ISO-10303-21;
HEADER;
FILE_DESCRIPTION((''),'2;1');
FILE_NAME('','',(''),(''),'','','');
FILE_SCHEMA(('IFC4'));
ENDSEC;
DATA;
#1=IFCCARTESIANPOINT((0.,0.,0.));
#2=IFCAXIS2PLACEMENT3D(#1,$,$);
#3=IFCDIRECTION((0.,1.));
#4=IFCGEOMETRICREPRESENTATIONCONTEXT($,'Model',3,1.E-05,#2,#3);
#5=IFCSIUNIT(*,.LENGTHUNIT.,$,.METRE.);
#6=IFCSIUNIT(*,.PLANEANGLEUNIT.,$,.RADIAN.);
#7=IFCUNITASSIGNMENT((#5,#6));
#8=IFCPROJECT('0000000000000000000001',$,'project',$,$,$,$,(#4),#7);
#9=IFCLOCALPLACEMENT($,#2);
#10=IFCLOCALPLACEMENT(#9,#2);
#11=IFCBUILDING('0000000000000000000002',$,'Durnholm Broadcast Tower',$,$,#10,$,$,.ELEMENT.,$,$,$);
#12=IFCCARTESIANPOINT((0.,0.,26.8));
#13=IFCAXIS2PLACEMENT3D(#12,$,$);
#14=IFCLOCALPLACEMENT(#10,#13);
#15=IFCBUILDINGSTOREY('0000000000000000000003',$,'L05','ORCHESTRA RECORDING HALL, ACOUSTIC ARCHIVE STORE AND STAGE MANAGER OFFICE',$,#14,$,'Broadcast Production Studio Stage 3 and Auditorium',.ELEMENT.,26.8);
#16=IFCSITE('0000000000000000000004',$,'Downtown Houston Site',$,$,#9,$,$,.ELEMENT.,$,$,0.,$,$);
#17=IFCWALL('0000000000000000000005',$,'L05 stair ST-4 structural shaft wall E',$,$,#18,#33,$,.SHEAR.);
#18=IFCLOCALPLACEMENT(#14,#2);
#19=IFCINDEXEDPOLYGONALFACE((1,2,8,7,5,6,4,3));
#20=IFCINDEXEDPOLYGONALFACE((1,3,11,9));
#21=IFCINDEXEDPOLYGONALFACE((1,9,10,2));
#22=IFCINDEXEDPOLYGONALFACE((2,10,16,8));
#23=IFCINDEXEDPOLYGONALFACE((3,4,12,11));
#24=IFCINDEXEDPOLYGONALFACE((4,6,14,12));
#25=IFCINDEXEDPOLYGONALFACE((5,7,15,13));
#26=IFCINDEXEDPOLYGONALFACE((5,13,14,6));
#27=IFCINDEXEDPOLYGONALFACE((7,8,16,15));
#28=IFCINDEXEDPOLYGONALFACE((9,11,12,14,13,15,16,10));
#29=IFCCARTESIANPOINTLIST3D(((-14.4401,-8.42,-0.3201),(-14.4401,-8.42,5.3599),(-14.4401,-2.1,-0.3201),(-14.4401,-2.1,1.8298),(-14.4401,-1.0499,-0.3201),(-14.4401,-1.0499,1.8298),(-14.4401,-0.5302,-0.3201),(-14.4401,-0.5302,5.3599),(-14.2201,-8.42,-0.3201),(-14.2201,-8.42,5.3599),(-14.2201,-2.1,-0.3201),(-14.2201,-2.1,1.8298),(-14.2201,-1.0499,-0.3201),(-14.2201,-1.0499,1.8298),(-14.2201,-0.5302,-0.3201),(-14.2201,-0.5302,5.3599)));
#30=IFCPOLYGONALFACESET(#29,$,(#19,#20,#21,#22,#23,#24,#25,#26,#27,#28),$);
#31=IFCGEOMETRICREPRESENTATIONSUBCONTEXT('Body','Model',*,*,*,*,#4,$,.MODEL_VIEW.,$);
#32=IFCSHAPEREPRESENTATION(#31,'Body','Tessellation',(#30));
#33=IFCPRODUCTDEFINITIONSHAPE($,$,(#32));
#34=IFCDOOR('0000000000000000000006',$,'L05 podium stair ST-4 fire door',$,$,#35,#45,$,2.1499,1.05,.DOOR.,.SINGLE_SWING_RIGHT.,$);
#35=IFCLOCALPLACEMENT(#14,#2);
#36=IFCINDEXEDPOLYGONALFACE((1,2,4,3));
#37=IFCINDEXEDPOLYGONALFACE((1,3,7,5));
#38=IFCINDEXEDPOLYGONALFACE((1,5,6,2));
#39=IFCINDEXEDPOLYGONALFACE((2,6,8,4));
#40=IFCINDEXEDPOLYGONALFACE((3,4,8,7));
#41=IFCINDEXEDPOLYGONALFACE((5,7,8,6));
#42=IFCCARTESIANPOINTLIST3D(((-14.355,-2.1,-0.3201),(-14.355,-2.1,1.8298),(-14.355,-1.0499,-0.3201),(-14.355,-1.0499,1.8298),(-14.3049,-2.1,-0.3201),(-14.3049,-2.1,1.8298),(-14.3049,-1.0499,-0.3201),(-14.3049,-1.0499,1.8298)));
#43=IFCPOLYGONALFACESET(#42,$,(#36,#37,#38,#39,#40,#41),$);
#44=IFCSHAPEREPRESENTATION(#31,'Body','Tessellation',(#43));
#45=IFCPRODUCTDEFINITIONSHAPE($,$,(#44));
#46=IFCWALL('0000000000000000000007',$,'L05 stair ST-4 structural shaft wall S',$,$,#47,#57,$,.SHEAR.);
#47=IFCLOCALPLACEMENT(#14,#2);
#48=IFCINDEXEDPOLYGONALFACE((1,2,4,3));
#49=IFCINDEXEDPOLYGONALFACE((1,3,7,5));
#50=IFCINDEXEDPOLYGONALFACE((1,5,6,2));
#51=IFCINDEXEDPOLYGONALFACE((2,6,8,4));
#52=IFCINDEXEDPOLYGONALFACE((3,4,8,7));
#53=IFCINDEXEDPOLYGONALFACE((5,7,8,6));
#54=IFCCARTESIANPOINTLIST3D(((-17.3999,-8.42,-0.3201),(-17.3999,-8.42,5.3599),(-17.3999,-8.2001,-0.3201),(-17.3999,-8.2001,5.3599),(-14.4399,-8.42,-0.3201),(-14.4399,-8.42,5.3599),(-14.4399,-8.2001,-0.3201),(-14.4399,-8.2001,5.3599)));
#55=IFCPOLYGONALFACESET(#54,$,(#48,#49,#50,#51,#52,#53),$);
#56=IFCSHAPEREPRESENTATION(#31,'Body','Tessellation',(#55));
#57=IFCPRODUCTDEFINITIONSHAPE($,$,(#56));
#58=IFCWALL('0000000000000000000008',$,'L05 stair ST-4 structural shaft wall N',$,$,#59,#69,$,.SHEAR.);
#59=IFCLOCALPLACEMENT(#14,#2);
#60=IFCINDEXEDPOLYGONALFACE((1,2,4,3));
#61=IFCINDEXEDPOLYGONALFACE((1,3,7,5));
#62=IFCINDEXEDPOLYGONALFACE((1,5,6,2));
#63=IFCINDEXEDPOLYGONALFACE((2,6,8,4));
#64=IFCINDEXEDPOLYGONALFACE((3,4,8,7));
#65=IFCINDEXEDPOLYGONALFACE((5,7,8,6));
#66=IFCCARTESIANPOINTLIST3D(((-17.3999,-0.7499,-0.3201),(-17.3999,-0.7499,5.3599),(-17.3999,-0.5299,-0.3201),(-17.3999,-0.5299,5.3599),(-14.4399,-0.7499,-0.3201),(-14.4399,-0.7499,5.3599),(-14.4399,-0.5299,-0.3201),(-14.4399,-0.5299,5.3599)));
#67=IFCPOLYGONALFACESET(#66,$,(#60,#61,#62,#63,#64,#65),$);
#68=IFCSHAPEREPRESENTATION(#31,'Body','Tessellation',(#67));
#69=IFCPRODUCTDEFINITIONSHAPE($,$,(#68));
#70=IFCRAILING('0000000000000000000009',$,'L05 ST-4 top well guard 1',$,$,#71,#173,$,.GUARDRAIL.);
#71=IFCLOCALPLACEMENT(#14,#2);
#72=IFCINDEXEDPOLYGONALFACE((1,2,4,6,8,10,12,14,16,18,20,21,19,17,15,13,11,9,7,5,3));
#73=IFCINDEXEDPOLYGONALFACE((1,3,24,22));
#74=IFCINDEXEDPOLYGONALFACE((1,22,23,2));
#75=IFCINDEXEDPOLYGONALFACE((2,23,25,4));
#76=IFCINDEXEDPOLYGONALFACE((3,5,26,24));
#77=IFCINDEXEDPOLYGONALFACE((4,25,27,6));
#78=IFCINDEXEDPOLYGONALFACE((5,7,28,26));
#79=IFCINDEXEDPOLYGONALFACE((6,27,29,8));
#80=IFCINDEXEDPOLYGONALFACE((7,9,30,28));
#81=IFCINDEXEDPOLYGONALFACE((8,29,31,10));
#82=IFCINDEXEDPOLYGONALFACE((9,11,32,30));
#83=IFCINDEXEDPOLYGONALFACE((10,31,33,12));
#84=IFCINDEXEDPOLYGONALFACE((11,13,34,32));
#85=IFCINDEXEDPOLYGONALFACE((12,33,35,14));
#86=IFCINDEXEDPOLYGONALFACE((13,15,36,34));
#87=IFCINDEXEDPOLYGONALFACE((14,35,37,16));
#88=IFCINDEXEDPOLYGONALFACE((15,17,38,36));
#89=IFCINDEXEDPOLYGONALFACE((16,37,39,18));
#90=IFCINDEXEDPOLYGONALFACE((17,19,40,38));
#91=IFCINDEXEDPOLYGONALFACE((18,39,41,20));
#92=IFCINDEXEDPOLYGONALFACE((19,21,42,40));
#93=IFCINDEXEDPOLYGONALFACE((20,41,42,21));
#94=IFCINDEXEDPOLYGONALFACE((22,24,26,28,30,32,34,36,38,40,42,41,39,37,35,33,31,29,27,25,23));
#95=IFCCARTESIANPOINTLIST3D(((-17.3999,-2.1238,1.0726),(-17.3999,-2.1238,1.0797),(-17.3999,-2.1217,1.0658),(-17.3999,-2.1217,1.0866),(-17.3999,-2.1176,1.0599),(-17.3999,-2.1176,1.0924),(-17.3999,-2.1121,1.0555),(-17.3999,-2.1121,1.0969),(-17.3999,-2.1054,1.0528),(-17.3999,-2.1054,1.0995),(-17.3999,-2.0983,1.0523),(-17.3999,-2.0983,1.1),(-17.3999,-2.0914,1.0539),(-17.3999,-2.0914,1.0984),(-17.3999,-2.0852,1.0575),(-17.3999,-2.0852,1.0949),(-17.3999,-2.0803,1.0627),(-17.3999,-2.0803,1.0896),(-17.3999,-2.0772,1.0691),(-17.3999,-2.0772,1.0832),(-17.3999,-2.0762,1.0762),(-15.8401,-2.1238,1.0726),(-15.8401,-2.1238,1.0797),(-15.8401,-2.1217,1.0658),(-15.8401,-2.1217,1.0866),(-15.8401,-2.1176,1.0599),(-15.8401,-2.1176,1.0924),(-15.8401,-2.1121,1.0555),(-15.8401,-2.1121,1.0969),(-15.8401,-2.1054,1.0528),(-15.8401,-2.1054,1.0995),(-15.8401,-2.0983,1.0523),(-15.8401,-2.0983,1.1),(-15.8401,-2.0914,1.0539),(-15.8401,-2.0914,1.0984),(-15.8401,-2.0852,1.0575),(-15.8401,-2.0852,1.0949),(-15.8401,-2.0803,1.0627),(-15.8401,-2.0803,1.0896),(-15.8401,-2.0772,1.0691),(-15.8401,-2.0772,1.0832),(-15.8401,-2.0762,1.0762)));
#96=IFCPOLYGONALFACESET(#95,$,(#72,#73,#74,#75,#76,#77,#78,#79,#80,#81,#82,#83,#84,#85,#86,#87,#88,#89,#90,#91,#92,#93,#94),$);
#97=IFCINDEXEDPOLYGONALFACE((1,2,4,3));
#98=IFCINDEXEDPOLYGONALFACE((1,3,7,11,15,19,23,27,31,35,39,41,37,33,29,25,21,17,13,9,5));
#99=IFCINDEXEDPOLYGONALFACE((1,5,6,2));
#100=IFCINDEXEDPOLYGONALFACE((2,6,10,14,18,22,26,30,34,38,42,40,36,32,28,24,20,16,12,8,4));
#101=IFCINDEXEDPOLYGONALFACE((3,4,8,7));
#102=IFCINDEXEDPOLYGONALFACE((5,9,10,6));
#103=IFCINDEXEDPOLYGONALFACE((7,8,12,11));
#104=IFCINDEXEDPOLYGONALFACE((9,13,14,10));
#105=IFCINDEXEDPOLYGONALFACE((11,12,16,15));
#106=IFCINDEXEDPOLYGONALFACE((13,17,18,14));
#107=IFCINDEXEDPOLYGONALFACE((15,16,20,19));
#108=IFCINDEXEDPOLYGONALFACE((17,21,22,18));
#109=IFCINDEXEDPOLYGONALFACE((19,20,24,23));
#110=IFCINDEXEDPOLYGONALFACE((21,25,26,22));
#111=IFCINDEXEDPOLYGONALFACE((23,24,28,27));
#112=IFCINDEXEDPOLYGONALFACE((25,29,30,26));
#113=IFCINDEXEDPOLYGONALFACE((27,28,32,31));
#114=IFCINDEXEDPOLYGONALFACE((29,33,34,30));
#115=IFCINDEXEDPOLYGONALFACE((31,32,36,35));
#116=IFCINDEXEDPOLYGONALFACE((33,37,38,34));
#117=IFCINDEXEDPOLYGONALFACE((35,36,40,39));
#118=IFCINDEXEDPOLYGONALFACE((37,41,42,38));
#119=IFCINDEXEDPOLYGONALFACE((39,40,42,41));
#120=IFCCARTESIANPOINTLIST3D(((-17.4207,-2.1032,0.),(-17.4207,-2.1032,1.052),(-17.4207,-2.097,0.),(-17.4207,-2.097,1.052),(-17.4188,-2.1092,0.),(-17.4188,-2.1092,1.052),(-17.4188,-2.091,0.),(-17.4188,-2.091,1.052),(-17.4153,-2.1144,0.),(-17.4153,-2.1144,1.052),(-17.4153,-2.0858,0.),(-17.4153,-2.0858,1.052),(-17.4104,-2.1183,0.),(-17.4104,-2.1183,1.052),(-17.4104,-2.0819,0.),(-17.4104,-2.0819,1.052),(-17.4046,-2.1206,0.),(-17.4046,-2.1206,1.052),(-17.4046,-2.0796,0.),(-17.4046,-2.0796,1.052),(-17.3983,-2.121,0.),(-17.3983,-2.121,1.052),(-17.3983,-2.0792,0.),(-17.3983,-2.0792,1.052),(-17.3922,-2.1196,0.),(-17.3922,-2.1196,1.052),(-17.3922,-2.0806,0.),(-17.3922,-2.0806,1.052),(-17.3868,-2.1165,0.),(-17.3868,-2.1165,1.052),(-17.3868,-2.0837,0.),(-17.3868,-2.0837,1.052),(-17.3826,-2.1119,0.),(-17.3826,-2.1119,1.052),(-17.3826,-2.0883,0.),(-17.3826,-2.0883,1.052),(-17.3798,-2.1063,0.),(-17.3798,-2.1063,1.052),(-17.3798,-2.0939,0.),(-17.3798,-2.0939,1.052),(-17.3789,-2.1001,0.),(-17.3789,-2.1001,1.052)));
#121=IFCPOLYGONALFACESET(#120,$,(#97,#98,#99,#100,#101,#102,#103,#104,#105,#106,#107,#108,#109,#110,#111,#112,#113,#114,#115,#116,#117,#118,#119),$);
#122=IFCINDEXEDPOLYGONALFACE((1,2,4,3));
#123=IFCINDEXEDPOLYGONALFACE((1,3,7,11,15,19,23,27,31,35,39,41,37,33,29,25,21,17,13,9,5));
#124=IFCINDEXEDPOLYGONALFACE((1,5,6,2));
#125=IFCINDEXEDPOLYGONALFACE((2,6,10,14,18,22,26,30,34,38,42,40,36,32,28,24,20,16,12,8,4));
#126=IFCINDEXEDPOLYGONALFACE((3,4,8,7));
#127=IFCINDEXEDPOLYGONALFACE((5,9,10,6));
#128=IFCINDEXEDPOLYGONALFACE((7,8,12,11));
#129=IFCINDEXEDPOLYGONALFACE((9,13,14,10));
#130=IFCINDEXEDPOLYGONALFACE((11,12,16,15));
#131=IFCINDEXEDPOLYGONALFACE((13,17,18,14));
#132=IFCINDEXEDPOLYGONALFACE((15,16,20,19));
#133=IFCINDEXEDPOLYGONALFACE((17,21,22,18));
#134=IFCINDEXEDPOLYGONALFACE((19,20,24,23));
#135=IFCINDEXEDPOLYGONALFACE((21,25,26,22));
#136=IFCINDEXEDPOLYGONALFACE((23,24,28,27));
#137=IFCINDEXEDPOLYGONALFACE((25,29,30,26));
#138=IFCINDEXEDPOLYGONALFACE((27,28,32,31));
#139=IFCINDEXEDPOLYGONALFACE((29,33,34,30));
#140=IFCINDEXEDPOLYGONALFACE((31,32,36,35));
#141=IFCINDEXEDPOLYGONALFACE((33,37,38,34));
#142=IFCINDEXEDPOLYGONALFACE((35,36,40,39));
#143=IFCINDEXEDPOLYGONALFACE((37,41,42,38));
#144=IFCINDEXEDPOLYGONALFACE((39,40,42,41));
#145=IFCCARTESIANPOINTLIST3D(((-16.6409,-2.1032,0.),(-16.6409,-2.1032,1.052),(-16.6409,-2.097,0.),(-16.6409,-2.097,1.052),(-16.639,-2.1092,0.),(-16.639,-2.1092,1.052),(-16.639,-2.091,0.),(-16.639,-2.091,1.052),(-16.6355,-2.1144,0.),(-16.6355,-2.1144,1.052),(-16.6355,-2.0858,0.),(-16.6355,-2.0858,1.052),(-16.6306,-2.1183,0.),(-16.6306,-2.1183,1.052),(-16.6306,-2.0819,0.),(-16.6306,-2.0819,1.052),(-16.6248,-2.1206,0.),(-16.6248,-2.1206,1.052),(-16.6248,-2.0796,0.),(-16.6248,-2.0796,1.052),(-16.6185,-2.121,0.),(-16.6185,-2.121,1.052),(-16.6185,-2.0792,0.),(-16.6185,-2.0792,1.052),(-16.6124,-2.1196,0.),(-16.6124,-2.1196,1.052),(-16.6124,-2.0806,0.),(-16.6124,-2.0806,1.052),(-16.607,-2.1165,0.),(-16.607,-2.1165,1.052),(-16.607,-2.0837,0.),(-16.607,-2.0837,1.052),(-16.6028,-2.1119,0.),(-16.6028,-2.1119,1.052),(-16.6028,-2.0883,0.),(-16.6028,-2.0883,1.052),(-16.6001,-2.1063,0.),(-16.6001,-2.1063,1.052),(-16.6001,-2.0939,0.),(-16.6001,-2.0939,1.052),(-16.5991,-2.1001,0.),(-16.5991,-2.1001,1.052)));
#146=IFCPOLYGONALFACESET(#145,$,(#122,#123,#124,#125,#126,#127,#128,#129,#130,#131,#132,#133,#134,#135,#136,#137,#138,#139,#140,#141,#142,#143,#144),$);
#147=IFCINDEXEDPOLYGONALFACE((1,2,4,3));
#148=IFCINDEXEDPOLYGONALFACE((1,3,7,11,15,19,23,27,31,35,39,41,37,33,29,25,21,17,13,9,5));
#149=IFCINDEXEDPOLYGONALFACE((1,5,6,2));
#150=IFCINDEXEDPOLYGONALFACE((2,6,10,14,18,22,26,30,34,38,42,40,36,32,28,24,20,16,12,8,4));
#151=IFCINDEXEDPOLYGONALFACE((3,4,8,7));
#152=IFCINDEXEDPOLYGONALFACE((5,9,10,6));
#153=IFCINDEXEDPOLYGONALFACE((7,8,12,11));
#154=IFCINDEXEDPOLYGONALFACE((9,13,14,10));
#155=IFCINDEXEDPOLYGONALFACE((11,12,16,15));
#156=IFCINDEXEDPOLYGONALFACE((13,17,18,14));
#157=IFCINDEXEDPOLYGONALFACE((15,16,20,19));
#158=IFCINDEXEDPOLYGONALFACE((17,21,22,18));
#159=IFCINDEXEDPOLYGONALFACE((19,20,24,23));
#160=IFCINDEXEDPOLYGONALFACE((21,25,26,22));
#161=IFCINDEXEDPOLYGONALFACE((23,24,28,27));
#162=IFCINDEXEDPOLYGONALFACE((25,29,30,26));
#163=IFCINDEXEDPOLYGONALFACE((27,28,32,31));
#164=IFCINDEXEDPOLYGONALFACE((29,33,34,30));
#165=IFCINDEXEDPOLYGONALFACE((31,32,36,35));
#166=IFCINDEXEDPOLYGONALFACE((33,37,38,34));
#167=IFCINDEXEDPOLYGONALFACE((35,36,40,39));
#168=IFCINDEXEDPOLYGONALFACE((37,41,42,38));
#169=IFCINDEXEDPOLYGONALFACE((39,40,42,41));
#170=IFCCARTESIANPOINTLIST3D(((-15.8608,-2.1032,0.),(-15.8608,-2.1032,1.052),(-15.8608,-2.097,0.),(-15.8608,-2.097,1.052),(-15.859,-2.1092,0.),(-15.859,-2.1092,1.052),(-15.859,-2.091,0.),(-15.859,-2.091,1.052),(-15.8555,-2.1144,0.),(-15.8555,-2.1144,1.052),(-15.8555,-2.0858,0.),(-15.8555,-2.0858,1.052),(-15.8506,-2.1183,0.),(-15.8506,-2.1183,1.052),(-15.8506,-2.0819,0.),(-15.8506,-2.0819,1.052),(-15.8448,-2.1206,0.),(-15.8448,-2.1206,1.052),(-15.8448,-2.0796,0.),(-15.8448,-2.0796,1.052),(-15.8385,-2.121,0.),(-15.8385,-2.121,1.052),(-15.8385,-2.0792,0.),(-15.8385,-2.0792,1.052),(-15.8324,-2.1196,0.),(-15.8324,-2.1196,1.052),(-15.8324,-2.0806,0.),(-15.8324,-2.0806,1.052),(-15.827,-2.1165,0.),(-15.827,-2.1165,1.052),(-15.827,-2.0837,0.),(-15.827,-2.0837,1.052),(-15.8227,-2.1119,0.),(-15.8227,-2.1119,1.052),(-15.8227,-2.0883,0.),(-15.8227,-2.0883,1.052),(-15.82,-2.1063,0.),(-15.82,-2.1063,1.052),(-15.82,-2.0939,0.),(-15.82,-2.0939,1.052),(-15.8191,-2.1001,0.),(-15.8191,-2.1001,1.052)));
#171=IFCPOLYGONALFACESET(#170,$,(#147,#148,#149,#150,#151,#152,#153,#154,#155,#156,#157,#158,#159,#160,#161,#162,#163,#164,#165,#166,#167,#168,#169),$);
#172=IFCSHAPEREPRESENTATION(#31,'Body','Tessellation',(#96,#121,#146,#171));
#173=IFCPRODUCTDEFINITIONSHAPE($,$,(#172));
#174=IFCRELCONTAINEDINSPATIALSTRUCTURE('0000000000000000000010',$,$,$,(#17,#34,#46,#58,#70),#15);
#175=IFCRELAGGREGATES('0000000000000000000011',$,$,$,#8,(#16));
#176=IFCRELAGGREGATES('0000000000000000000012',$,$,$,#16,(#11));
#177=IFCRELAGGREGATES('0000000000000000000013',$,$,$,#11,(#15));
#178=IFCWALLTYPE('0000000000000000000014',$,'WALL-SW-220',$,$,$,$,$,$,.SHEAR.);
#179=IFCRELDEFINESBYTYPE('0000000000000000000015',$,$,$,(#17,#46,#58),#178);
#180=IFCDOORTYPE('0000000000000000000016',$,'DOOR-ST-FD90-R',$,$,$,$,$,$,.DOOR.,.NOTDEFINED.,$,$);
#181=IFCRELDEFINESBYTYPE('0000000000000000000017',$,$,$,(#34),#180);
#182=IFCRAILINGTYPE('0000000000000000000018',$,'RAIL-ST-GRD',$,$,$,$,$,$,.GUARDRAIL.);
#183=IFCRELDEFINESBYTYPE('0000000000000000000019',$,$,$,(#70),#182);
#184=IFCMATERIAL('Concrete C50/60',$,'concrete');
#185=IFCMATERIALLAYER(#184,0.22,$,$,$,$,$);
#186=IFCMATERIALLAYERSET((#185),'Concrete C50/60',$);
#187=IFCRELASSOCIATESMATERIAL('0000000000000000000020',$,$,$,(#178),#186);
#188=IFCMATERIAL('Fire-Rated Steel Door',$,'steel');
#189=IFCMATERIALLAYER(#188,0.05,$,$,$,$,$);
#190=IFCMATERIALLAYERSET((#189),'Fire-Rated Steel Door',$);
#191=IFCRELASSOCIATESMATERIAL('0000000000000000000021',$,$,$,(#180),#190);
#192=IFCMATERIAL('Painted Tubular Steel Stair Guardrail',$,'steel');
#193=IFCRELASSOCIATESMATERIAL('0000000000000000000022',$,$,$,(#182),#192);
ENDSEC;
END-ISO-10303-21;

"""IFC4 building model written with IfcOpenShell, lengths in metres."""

from ifc_helpers import new_model, si_unit, direction, frame, frame_2d, origin, origin_2d, place, context, subcontext, project, spatial, rectangle, circle, extrude, source, transform, mapped, material, layer, layer_set, type_object, type_shapes, element, fill, save


model = new_model("IFC4")

# Units and contexts
model_context = context("Model", 3, precision=1e-05, world=origin(), true_north=direction((0.0, 1.0)))
body_context = subcontext(model_context, "Body", "Model", "MODEL_VIEW")
ifc_project = project(units=[si_unit("LENGTHUNIT", "METRE"), si_unit("PLANEANGLEUNIT", "RADIAN")], contexts=[model_context])

# Site, building, storey
site_placement = place(None, origin())
site = spatial("IfcSite", under=ifc_project, at=site_placement, Name="Downtown Houston Site", CompositionType="ELEMENT", RefElevation=0.0)
building_placement = place(site_placement, origin())
building = spatial("IfcBuilding", under=site, at=building_placement, Name="Durnholm Broadcast Tower", CompositionType="ELEMENT")
storey_placement = place(building_placement, frame((0.0, 0.0, 26.8)))
storey = spatial("IfcBuildingStorey", under=building, at=storey_placement, Name="L05", Description="ORCHESTRA RECORDING HALL, ACOUSTIC ARCHIVE STORE AND STAGE MANAGER OFFICE", LongName="Broadcast Production Studio Stage 3 and Auditorium", CompositionType="ELEMENT", Elevation=26.8)

# Wall, opening, door
ifc_material_1 = material(Name="Concrete C50/60", Category="concrete")
ifc_layer_1 = layer(ifc_material_1, 0.22)
ifc_layer_set_1 = layer_set([ifc_layer_1], Name="Concrete C50/60")
wall_type_1 = type_object("IfcWallType", Name="WALL-SW-220", PredefinedType="SHEAR", material=ifc_layer_set_1)
wall_1_placement = place(storey_placement, frame((-14.3301, -8.4199, -0.3201), z_axis=(0.0, 0.0, 1.0), x_axis=(0.0, 1.0, 0.0)))
wall_1 = element("IfcWall", 1, at=wall_1_placement, inside=storey, type_object=wall_type_1, Name="L05 stair ST-4 structural shaft wall E", PredefinedType="SHEAR", context=body_context, shape_type="SweptSolid", body=[
    extrude(rectangle(XDim=7.8899, YDim=0.22, at=frame_2d((3.9448, 0.0))), origin(), (0.0, 0.0, 1.0), 5.6799),
])
opening_1_placement = place(wall_1_placement, frame((6.3201, 0.0, 0.0)))
opening_1 = element("IfcOpeningElement", 2, at=opening_1_placement, cuts=wall_1, PredefinedType="OPENING", context=body_context, shape_type="SweptSolid", body=[
    extrude(rectangle(XDim=1.05, YDim=2.1499, at=frame_2d((0.5249, 1.075))), frame((0.0, 0.1201, 0.0), z_axis=(0.0, -1.0, 0.0), x_axis=(1.0, 0.0, 0.0)), (0.0, 0.0, 1.0), 0.24),
])
ifc_material_2 = material(Name="Fire-Rated Steel Door", Category="steel")
ifc_layer_2 = layer(ifc_material_2, 0.05)
ifc_layer_set_2 = layer_set([ifc_layer_2], Name="Fire-Rated Steel Door")
door_type_1 = type_object("IfcDoorType", Name="DOOR-ST-FD90-R", OperationType="NOTDEFINED", PredefinedType="DOOR", material=ifc_layer_set_2)
shared_shape_1 = source(origin(), body_context, "Body", "SweptSolid", [
    extrude(rectangle(XDim=1.05, YDim=2.1499, at=frame_2d((0.5249, 1.075))), frame((0.0, 0.0249, 0.0), z_axis=(0.0, -1.0, 0.0), x_axis=(1.0, 0.0, 0.0)), (0.0, 0.0, 1.0), 0.05),
])
type_shapes(door_type_1, [shared_shape_1])
door_1_placement = place(opening_1_placement, origin())
door_1 = element("IfcDoor", 3, at=door_1_placement, inside=storey, type_object=door_type_1, Name="L05 podium stair ST-4 fire door", OperationType="SINGLE_SWING_RIGHT", OverallHeight=2.1499, OverallWidth=1.05, PredefinedType="DOOR", context=body_context, shape_type="MappedRepresentation", body=[
    mapped(shared_shape_1, transform((0.0, 0.0, 0.0), x_axis=(1.0, 0.0, 0.0), y_axis=(0.0, 1.0, 0.0), z_axis=(0.0, 0.0, 1.0), scale=1.0)),
])
fill(opening_1, door_1)

# Walls
for number, where, z_axis, x_axis, name in (
    (4, (-17.3999, -8.3101, -0.3201), (0.0, 0.0, 1.0), (1.0, 0.0, 0.0), "L05 stair ST-4 structural shaft wall S"),
    (5, (-14.4399, -0.6399, -0.3201), (0.0, 0.0, 1.0), (-1.0, 0.0, 0.0), "L05 stair ST-4 structural shaft wall N"),
):
    element("IfcWall", number, at=place(storey_placement, frame(where, z_axis=z_axis, x_axis=x_axis)), inside=storey, type_object=wall_type_1, Name=name, PredefinedType="SHEAR", context=body_context, shape_type="SweptSolid", body=[
        extrude(rectangle(XDim=2.96, YDim=0.22, at=frame_2d((1.48, 0.0))), origin(), (0.0, 0.0, 1.0), 5.6799),
    ])

# Railing
ifc_material_3 = material(Name="Painted Tubular Steel Stair Guardrail", Category="steel")
railing_type = type_object("IfcRailingType", Name="RAIL-ST-GRD", PredefinedType="GUARDRAIL", material=ifc_material_3)
railing_placement = place(storey_placement, frame((-17.3999, -2.1001, 0.0)))
element("IfcRailing", 6, at=railing_placement, inside=storey, type_object=railing_type, Name="L05 ST-4 top well guard 1", PredefinedType="GUARDRAIL", context=body_context, shape_type="SweptSolid", body=[
    extrude(circle(Radius=0.0239, at=origin_2d()), frame((0.0, 0.0, 1.0762), z_axis=(1.0, 0.0, 0.0), x_axis=(0.0, 1.0, 0.0)), (0.0, 0.0, 1.0), 1.5598),
    extrude(circle(Radius=0.021, at=origin_2d()), origin(), (0.0, 0.0, 1.0), 1.052),
    extrude(circle(Radius=0.021, at=origin_2d()), frame((0.7798, 0.0, 0.0)), (0.0, 0.0, 1.0), 1.052),
    extrude(circle(Radius=0.021, at=origin_2d()), frame((1.5598, 0.0, 0.0)), (0.0, 0.0, 1.0), 1.052),
])

save(model, "model.ifc")
